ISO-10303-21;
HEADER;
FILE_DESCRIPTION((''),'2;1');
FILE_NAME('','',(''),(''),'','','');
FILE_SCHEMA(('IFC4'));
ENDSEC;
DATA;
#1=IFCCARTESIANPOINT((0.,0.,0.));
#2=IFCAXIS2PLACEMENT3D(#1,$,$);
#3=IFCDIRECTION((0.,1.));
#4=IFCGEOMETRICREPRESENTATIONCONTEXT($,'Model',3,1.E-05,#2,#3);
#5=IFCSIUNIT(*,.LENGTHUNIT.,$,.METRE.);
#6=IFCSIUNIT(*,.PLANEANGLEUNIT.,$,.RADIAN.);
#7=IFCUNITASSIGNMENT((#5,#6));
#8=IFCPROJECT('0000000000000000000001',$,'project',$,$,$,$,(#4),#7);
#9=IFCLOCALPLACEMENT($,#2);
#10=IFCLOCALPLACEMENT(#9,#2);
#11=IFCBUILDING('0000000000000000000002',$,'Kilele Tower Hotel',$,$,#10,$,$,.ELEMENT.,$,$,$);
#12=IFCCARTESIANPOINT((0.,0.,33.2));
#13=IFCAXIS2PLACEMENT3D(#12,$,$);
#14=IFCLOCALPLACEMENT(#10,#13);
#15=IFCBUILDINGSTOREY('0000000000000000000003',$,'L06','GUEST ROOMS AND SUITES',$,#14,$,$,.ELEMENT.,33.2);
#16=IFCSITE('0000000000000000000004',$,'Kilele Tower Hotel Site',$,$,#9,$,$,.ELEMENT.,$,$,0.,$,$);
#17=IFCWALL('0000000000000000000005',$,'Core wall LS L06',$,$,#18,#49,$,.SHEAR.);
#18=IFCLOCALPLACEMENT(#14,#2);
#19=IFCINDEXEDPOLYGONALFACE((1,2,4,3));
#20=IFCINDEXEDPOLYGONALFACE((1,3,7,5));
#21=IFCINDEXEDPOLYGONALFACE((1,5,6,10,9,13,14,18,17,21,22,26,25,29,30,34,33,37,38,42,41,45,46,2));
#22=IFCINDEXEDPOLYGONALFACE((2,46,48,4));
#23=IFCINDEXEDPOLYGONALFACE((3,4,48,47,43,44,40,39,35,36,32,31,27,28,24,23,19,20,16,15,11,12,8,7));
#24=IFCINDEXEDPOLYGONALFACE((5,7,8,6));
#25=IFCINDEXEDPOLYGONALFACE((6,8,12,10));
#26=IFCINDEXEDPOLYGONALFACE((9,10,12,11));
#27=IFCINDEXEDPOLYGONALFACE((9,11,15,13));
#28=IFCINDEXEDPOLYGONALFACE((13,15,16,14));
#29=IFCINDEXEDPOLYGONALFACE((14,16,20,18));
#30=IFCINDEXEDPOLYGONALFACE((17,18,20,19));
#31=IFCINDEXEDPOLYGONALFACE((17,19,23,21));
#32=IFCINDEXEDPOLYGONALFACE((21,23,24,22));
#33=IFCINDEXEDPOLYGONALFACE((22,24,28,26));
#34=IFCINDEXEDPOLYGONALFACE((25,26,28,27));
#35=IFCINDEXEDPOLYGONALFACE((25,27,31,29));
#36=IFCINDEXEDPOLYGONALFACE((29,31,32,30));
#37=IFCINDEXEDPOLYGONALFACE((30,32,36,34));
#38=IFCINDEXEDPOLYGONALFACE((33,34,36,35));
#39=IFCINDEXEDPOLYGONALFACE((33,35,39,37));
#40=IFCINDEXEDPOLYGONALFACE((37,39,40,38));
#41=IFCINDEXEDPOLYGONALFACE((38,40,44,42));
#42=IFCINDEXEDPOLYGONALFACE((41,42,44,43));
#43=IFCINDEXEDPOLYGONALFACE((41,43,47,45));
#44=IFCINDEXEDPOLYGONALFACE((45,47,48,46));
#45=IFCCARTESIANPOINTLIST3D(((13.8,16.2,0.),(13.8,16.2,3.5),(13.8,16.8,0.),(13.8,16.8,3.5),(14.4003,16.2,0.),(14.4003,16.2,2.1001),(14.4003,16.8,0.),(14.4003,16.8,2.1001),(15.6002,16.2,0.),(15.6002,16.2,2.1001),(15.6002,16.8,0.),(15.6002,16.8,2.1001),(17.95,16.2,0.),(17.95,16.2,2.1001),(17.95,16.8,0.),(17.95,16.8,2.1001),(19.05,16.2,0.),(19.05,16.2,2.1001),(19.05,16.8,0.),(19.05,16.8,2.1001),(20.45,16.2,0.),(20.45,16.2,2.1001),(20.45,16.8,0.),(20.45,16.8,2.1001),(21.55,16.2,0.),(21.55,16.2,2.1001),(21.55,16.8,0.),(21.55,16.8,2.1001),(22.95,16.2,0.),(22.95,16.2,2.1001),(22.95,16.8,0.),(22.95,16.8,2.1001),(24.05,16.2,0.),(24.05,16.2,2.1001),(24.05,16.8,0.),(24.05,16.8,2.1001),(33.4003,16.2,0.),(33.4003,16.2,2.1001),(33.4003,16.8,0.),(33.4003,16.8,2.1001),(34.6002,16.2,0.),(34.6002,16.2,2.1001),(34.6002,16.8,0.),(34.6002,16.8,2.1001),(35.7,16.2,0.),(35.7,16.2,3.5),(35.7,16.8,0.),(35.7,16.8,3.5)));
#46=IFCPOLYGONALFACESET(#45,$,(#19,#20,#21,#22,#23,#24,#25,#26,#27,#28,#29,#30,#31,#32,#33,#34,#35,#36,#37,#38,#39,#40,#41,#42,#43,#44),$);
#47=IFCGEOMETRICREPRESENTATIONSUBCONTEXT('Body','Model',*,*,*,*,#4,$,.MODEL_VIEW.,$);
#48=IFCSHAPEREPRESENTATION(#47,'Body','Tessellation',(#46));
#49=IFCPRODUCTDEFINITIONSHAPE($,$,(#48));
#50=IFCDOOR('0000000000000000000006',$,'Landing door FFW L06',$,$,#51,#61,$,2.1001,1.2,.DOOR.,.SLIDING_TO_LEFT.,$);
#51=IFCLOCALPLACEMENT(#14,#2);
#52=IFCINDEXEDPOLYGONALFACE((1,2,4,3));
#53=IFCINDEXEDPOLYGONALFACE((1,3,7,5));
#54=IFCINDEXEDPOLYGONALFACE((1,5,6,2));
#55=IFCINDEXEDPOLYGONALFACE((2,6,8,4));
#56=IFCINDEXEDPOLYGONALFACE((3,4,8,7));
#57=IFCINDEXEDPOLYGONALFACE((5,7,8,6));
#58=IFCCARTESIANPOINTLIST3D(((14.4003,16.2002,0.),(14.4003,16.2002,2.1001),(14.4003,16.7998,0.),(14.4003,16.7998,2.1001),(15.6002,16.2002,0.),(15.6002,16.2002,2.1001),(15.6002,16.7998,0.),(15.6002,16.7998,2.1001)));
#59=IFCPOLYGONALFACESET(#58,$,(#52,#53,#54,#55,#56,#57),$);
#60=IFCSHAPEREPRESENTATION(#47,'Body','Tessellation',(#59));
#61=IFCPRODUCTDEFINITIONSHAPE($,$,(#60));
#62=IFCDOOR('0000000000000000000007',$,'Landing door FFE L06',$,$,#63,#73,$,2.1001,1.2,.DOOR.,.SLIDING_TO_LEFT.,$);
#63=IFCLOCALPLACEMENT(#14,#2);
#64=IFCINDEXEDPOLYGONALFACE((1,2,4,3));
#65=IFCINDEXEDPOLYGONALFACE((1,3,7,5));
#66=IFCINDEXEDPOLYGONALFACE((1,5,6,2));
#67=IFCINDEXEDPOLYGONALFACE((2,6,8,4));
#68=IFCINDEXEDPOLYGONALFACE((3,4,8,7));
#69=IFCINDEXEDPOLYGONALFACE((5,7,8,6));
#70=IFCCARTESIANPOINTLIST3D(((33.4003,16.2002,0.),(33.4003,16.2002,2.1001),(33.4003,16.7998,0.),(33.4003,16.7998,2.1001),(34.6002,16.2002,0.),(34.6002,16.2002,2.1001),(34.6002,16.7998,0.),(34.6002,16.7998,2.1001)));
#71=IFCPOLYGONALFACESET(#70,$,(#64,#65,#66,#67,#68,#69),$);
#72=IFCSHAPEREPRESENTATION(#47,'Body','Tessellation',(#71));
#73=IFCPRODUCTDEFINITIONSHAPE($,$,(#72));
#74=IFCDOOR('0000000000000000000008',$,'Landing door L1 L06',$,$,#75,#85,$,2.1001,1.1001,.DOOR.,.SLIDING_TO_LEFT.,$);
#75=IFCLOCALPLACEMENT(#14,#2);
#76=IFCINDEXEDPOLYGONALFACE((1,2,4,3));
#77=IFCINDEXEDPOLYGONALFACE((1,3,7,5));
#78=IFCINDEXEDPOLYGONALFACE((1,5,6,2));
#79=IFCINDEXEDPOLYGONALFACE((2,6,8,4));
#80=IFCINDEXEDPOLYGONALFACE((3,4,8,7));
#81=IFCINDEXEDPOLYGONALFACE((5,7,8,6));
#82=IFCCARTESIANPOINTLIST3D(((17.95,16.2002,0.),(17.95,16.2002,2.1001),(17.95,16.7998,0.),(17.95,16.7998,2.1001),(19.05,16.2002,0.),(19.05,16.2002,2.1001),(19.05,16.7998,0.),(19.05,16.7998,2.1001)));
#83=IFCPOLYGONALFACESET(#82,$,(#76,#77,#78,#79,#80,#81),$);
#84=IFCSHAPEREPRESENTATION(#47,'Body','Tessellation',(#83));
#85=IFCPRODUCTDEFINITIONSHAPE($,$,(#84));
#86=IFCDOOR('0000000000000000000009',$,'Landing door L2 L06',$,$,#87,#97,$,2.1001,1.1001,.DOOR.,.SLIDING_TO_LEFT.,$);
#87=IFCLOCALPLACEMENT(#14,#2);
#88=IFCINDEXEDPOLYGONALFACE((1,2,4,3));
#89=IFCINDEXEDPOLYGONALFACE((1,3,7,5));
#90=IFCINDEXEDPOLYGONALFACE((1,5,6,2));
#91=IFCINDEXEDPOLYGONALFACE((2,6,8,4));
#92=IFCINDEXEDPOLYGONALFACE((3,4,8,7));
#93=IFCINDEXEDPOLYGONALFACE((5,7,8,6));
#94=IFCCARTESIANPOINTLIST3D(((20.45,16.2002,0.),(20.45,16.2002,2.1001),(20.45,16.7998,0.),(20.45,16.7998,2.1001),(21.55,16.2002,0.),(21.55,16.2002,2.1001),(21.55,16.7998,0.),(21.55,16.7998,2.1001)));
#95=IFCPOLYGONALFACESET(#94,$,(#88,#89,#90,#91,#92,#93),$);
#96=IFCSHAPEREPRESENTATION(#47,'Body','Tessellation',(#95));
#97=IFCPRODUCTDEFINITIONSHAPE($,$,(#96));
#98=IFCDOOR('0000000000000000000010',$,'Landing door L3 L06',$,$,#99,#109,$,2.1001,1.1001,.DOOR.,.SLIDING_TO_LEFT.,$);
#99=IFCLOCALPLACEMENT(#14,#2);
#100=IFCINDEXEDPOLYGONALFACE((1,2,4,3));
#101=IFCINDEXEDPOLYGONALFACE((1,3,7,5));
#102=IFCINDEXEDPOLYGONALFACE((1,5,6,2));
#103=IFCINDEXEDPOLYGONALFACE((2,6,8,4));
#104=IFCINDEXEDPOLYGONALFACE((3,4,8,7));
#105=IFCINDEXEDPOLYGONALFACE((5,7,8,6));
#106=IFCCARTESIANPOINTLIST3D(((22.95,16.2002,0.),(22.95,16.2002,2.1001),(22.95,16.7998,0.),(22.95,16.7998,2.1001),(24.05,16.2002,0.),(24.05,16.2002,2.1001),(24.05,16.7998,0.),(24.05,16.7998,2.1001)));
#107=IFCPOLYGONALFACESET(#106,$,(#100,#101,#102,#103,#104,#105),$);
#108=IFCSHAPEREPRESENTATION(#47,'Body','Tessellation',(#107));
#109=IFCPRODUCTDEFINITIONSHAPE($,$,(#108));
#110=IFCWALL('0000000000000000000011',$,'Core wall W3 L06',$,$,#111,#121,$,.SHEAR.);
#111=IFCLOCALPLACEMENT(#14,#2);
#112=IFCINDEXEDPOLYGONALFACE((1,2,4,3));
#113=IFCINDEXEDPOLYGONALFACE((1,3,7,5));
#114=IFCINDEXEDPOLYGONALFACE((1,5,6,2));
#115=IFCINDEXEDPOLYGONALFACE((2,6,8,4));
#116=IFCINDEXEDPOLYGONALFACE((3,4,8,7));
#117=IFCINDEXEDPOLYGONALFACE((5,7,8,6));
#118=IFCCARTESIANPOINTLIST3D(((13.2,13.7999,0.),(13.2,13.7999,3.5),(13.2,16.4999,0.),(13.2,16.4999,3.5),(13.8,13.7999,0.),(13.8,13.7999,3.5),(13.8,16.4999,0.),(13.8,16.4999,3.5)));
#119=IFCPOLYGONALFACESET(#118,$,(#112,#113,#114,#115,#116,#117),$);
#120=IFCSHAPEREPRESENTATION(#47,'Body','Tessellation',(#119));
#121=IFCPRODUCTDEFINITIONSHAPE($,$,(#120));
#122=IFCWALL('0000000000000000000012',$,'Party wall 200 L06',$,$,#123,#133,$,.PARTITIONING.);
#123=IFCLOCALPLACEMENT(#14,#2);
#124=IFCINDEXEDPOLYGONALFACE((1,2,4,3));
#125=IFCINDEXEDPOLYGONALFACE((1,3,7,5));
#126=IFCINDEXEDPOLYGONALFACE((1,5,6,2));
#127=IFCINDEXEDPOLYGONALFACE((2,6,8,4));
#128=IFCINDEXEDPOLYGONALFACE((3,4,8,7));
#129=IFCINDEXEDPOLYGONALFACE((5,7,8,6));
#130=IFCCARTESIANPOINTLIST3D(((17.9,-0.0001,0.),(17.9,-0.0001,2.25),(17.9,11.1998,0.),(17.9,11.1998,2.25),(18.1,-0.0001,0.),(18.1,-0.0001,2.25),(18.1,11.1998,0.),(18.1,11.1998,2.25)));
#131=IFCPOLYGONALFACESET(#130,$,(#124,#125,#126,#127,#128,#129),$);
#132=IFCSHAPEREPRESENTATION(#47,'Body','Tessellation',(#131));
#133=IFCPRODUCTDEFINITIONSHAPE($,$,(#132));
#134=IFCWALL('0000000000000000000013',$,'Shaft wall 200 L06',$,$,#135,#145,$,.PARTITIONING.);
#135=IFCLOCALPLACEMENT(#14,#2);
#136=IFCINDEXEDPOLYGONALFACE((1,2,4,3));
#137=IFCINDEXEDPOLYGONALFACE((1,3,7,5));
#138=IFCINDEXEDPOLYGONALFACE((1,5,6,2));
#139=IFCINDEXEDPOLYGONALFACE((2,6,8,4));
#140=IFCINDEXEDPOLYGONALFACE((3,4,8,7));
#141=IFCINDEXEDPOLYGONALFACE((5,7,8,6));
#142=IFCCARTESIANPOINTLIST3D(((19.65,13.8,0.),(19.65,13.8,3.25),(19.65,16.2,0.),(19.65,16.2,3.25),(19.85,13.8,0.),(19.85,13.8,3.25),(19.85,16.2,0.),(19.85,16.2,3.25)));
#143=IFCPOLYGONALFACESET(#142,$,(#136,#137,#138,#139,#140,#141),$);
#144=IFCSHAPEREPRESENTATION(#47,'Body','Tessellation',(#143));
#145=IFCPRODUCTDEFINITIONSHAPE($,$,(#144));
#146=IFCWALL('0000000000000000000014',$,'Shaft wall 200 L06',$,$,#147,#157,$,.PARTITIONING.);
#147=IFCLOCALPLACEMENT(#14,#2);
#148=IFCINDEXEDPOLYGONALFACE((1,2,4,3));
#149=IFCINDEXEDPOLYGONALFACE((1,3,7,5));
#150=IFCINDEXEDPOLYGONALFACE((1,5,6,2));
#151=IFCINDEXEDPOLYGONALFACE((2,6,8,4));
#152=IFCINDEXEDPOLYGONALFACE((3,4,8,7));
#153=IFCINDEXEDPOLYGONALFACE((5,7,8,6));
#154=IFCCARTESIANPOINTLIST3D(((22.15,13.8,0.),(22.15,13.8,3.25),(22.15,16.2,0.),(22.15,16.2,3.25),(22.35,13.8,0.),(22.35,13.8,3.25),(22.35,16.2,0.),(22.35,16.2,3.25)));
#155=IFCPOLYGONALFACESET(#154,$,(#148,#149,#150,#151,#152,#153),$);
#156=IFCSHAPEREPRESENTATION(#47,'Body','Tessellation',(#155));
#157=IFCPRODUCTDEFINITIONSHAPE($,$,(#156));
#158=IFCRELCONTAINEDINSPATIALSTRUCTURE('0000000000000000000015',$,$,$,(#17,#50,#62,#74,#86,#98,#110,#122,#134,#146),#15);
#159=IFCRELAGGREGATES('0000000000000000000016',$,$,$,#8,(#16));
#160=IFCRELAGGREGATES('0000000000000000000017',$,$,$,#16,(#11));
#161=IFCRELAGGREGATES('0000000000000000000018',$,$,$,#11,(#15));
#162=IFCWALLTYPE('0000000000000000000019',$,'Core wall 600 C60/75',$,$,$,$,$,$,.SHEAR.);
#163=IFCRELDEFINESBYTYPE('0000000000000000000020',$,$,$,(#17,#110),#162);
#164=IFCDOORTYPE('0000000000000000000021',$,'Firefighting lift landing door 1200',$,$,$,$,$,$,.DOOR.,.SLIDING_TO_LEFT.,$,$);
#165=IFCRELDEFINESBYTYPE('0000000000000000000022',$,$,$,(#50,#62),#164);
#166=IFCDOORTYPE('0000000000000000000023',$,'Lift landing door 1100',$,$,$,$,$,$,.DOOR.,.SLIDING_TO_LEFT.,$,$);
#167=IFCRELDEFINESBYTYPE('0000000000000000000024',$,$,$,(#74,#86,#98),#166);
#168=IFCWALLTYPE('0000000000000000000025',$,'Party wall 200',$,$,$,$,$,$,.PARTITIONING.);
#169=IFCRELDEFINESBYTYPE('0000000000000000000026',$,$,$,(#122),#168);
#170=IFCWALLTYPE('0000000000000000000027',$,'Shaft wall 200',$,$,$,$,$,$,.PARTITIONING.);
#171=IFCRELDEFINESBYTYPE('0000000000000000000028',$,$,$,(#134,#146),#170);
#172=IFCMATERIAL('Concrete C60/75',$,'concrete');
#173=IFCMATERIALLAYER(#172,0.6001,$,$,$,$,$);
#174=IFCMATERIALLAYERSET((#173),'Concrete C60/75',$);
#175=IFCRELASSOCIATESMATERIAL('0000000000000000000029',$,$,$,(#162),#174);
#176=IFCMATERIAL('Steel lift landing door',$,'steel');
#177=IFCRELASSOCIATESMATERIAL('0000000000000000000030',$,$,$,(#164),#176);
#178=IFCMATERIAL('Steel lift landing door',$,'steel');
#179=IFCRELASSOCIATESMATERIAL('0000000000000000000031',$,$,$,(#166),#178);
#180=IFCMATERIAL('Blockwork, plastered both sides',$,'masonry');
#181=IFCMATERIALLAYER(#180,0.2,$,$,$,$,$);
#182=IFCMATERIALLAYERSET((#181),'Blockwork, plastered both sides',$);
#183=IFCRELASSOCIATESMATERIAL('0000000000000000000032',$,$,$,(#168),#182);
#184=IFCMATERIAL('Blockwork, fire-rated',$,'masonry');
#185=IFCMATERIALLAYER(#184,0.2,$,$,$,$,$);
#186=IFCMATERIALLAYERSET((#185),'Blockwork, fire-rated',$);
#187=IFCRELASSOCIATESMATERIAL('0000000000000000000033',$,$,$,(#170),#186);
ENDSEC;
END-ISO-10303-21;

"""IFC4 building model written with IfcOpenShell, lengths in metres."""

from ifc_helpers import new_model, si_unit, direction, frame, frame_2d, origin, place, context, subcontext, project, spatial, rectangle, extrude, material, layer, layer_set, type_object, element, fill, save


model = new_model("IFC4")

# Units and contexts
model_context = context("Model", 3, precision=1e-05, world=origin(), true_north=direction((0.0, 1.0)))
body_context = subcontext(model_context, "Body", "Model", "MODEL_VIEW")
ifc_project = project(units=[si_unit("LENGTHUNIT", "METRE"), si_unit("PLANEANGLEUNIT", "RADIAN")], contexts=[model_context])

# Site, building, storey
site_placement = place(None, origin())
site = spatial("IfcSite", under=ifc_project, at=site_placement, Name="Kilele Tower Hotel Site", CompositionType="ELEMENT", RefElevation=0.0)
building_placement = place(site_placement, origin())
building = spatial("IfcBuilding", under=site, at=building_placement, Name="Kilele Tower Hotel", CompositionType="ELEMENT")
storey_placement = place(building_placement, frame((0.0, 0.0, 33.2)))
storey = spatial("IfcBuildingStorey", under=building, at=storey_placement, Name="L06", Description="GUEST ROOMS AND SUITES", CompositionType="ELEMENT", Elevation=33.2)

# Shared definitions
ifc_material_1 = material(Name="Concrete C60/75", Category="concrete")
ifc_layer_1 = layer(ifc_material_1, 0.6001)
ifc_layer_set_1 = layer_set([ifc_layer_1], Name="Concrete C60/75")
wall_type_1 = type_object("IfcWallType", Name="Core wall 600 C60/75", PredefinedType="SHEAR", material=ifc_layer_set_1)

# Wall, openings, doors
wall_1_placement = place(storey_placement, frame((13.8, 16.5, 0.0), z_axis=(0.0, 0.0, 1.0), x_axis=(1.0, 0.0, 0.0)))
wall_1 = element("IfcWall", 1, at=wall_1_placement, inside=storey, type_object=wall_type_1, Name="Core wall LS L06", PredefinedType="SHEAR", context=body_context, shape_type="SweptSolid", body=[
    extrude(rectangle(XDim=21.8999, YDim=0.6001, at=frame_2d((10.95, 0.0))), origin(), (0.0, 0.0, 1.0), 3.5),
])
opening_1_placement = place(wall_1_placement, frame((4.1499, 0.0, 0.0)))
opening_1 = element("IfcOpeningElement", 2, at=opening_1_placement, cuts=wall_1, PredefinedType="OPENING", context=body_context, shape_type="SweptSolid", body=[
    extrude(rectangle(XDim=1.1001, YDim=2.1001, at=frame_2d((0.55, 1.05))), frame((0.0, 0.3101, 0.0), z_axis=(0.0, -1.0, 0.0), x_axis=(1.0, 0.0, 0.0)), (0.0, 0.0, 1.0), 0.6201),
])
opening_2_placement = place(wall_1_placement, frame((6.6499, 0.0, 0.0)))
opening_2 = element("IfcOpeningElement", 3, at=opening_2_placement, cuts=wall_1, PredefinedType="OPENING", context=body_context, shape_type="SweptSolid", body=[
    extrude(rectangle(XDim=1.1001, YDim=2.1001, at=frame_2d((0.55, 1.05))), frame((0.0, 0.3101, 0.0), z_axis=(0.0, -1.0, 0.0), x_axis=(1.0, 0.0, 0.0)), (0.0, 0.0, 1.0), 0.6201),
])
opening_3_placement = place(wall_1_placement, frame((9.1499, 0.0, 0.0)))
opening_3 = element("IfcOpeningElement", 4, at=opening_3_placement, cuts=wall_1, PredefinedType="OPENING", context=body_context, shape_type="SweptSolid", body=[
    extrude(rectangle(XDim=1.1001, YDim=2.1001, at=frame_2d((0.55, 1.05))), frame((0.0, 0.3101, 0.0), z_axis=(0.0, -1.0, 0.0), x_axis=(1.0, 0.0, 0.0)), (0.0, 0.0, 1.0), 0.6201),
])
opening_4_placement = place(wall_1_placement, frame((0.6001, 0.0, 0.0)))
opening_4 = element("IfcOpeningElement", 5, at=opening_4_placement, cuts=wall_1, PredefinedType="OPENING", context=body_context, shape_type="SweptSolid", body=[
    extrude(rectangle(XDim=1.2, YDim=2.1001, at=frame_2d((0.6001, 1.05))), frame((0.0, 0.3101, 0.0), z_axis=(0.0, -1.0, 0.0), x_axis=(1.0, 0.0, 0.0)), (0.0, 0.0, 1.0), 0.6201),
])
opening_5_placement = place(wall_1_placement, frame((19.6001, 0.0, 0.0)))
opening_5 = element("IfcOpeningElement", 6, at=opening_5_placement, cuts=wall_1, PredefinedType="OPENING", context=body_context, shape_type="SweptSolid", body=[
    extrude(rectangle(XDim=1.2, YDim=2.1001, at=frame_2d((0.6001, 1.05))), frame((0.0, 0.3101, 0.0), z_axis=(0.0, -1.0, 0.0), x_axis=(1.0, 0.0, 0.0)), (0.0, 0.0, 1.0), 0.6201),
])
ifc_material_2 = material(Name="Steel lift landing door", Category="steel")
door_type_1 = type_object("IfcDoorType", Name="Firefighting lift landing door 1200", OperationType="SLIDING_TO_LEFT", PredefinedType="DOOR", material=ifc_material_2)
door_1_placement = place(opening_4_placement, origin())
door_1 = element("IfcDoor", 7, at=door_1_placement, inside=storey, type_object=door_type_1, Name="Landing door FFW L06", OperationType="SLIDING_TO_LEFT", OverallHeight=2.1001, OverallWidth=1.2, PredefinedType="DOOR", context=body_context, shape_type="SweptSolid", body=[
    extrude(rectangle(XDim=1.2, YDim=2.1001, at=frame_2d((0.6001, 1.05))), frame((0.0, 0.2998, 0.0), z_axis=(0.0, -1.0, 0.0), x_axis=(1.0, 0.0, 0.0)), (0.0, 0.0, 1.0), 0.5996),
])
fill(opening_4, door_1)
door_2_placement = place(opening_5_placement, origin())
door_2 = element("IfcDoor", 8, at=door_2_placement, inside=storey, type_object=door_type_1, Name="Landing door FFE L06", OperationType="SLIDING_TO_LEFT", OverallHeight=2.1001, OverallWidth=1.2, PredefinedType="DOOR", context=body_context, shape_type="SweptSolid", body=[
    extrude(rectangle(XDim=1.2, YDim=2.1001, at=frame_2d((0.6001, 1.05))), frame((0.0, 0.2998, 0.0), z_axis=(0.0, -1.0, 0.0), x_axis=(1.0, 0.0, 0.0)), (0.0, 0.0, 1.0), 0.5996),
])
fill(opening_5, door_2)
ifc_material_3 = material(Name="Steel lift landing door", Category="steel")
door_type_2 = type_object("IfcDoorType", Name="Lift landing door 1100", OperationType="SLIDING_TO_LEFT", PredefinedType="DOOR", material=ifc_material_3)
door_3_placement = place(opening_1_placement, origin())
door_3 = element("IfcDoor", 9, at=door_3_placement, inside=storey, type_object=door_type_2, Name="Landing door L1 L06", OperationType="SLIDING_TO_LEFT", OverallHeight=2.1001, OverallWidth=1.1001, PredefinedType="DOOR", context=body_context, shape_type="SweptSolid", body=[
    extrude(rectangle(XDim=1.1001, YDim=2.1001, at=frame_2d((0.55, 1.05))), frame((0.0, 0.2998, 0.0), z_axis=(0.0, -1.0, 0.0), x_axis=(1.0, 0.0, 0.0)), (0.0, 0.0, 1.0), 0.5996),
])
fill(opening_1, door_3)
door_4_placement = place(opening_2_placement, origin())
door_4 = element("IfcDoor", 10, at=door_4_placement, inside=storey, type_object=door_type_2, Name="Landing door L2 L06", OperationType="SLIDING_TO_LEFT", OverallHeight=2.1001, OverallWidth=1.1001, PredefinedType="DOOR", context=body_context, shape_type="SweptSolid", body=[
    extrude(rectangle(XDim=1.1001, YDim=2.1001, at=frame_2d((0.55, 1.05))), frame((0.0, 0.2998, 0.0), z_axis=(0.0, -1.0, 0.0), x_axis=(1.0, 0.0, 0.0)), (0.0, 0.0, 1.0), 0.5996),
])
fill(opening_2, door_4)
door_5_placement = place(opening_3_placement, origin())
door_5 = element("IfcDoor", 11, at=door_5_placement, inside=storey, type_object=door_type_2, Name="Landing door L3 L06", OperationType="SLIDING_TO_LEFT", OverallHeight=2.1001, OverallWidth=1.1001, PredefinedType="DOOR", context=body_context, shape_type="SweptSolid", body=[
    extrude(rectangle(XDim=1.1001, YDim=2.1001, at=frame_2d((0.55, 1.05))), frame((0.0, 0.2998, 0.0), z_axis=(0.0, -1.0, 0.0), x_axis=(1.0, 0.0, 0.0)), (0.0, 0.0, 1.0), 0.5996),
])
fill(opening_3, door_5)

# Walls
wall_2_placement = place(storey_placement, frame((13.5, 16.5, 0.0), z_axis=(0.0, 0.0, 1.0), x_axis=(0.0, -1.0, 0.0)))
element("IfcWall", 12, at=wall_2_placement, inside=storey, type_object=wall_type_1, Name="Core wall W3 L06", PredefinedType="SHEAR", context=body_context, shape_type="SweptSolid", body=[
    extrude(rectangle(XDim=2.7, YDim=0.6001, at=frame_2d((1.3501, 0.0))), origin(), (0.0, 0.0, 1.0), 3.5),
])
ifc_material_4 = material(Name="Blockwork, plastered both sides", Category="masonry")
ifc_layer_2 = layer(ifc_material_4, 0.2)
ifc_layer_set_2 = layer_set([ifc_layer_2], Name="Blockwork, plastered both sides")
wall_type_2 = type_object("IfcWallType", Name="Party wall 200", PredefinedType="PARTITIONING", material=ifc_layer_set_2)
wall_3_placement = place(storey_placement, frame((18.0, 11.2, 0.0), z_axis=(0.0, 0.0, 1.0), x_axis=(0.0, -1.0, 0.0)))
element("IfcWall", 13, at=wall_3_placement, inside=storey, type_object=wall_type_2, Name="Party wall 200 L06", PredefinedType="PARTITIONING", context=body_context, shape_type="SweptSolid", body=[
    extrude(rectangle(XDim=11.2, YDim=0.2, at=frame_2d((5.6001, 0.0))), origin(), (0.0, 0.0, 1.0), 2.25),
])
ifc_material_5 = material(Name="Blockwork, fire-rated", Category="masonry")
ifc_layer_3 = layer(ifc_material_5, 0.2)
ifc_layer_set_3 = layer_set([ifc_layer_3], Name="Blockwork, fire-rated")
wall_type_3 = type_object("IfcWallType", Name="Shaft wall 200", PredefinedType="PARTITIONING", material=ifc_layer_set_3)
for number, where, z_axis, x_axis, name in (
    (14, (19.75, 13.8, 0.0), (0.0, 0.0, 1.0), (0.0, 1.0, 0.0), "Shaft wall 200 L06"),
    (15, (22.25, 13.8, 0.0), (0.0, 0.0, 1.0), (0.0, 1.0, 0.0), "Shaft wall 200 L06"),
):
    element("IfcWall", number, at=place(storey_placement, frame(where, z_axis=z_axis, x_axis=x_axis)), inside=storey, type_object=wall_type_3, Name=name, PredefinedType="PARTITIONING", context=body_context, shape_type="SweptSolid", body=[
        extrude(rectangle(XDim=2.3999, YDim=0.2, at=frame_2d((1.2, 0.0))), origin(), (0.0, 0.0, 1.0), 3.25),
    ])

save(model, "model.ifc")
